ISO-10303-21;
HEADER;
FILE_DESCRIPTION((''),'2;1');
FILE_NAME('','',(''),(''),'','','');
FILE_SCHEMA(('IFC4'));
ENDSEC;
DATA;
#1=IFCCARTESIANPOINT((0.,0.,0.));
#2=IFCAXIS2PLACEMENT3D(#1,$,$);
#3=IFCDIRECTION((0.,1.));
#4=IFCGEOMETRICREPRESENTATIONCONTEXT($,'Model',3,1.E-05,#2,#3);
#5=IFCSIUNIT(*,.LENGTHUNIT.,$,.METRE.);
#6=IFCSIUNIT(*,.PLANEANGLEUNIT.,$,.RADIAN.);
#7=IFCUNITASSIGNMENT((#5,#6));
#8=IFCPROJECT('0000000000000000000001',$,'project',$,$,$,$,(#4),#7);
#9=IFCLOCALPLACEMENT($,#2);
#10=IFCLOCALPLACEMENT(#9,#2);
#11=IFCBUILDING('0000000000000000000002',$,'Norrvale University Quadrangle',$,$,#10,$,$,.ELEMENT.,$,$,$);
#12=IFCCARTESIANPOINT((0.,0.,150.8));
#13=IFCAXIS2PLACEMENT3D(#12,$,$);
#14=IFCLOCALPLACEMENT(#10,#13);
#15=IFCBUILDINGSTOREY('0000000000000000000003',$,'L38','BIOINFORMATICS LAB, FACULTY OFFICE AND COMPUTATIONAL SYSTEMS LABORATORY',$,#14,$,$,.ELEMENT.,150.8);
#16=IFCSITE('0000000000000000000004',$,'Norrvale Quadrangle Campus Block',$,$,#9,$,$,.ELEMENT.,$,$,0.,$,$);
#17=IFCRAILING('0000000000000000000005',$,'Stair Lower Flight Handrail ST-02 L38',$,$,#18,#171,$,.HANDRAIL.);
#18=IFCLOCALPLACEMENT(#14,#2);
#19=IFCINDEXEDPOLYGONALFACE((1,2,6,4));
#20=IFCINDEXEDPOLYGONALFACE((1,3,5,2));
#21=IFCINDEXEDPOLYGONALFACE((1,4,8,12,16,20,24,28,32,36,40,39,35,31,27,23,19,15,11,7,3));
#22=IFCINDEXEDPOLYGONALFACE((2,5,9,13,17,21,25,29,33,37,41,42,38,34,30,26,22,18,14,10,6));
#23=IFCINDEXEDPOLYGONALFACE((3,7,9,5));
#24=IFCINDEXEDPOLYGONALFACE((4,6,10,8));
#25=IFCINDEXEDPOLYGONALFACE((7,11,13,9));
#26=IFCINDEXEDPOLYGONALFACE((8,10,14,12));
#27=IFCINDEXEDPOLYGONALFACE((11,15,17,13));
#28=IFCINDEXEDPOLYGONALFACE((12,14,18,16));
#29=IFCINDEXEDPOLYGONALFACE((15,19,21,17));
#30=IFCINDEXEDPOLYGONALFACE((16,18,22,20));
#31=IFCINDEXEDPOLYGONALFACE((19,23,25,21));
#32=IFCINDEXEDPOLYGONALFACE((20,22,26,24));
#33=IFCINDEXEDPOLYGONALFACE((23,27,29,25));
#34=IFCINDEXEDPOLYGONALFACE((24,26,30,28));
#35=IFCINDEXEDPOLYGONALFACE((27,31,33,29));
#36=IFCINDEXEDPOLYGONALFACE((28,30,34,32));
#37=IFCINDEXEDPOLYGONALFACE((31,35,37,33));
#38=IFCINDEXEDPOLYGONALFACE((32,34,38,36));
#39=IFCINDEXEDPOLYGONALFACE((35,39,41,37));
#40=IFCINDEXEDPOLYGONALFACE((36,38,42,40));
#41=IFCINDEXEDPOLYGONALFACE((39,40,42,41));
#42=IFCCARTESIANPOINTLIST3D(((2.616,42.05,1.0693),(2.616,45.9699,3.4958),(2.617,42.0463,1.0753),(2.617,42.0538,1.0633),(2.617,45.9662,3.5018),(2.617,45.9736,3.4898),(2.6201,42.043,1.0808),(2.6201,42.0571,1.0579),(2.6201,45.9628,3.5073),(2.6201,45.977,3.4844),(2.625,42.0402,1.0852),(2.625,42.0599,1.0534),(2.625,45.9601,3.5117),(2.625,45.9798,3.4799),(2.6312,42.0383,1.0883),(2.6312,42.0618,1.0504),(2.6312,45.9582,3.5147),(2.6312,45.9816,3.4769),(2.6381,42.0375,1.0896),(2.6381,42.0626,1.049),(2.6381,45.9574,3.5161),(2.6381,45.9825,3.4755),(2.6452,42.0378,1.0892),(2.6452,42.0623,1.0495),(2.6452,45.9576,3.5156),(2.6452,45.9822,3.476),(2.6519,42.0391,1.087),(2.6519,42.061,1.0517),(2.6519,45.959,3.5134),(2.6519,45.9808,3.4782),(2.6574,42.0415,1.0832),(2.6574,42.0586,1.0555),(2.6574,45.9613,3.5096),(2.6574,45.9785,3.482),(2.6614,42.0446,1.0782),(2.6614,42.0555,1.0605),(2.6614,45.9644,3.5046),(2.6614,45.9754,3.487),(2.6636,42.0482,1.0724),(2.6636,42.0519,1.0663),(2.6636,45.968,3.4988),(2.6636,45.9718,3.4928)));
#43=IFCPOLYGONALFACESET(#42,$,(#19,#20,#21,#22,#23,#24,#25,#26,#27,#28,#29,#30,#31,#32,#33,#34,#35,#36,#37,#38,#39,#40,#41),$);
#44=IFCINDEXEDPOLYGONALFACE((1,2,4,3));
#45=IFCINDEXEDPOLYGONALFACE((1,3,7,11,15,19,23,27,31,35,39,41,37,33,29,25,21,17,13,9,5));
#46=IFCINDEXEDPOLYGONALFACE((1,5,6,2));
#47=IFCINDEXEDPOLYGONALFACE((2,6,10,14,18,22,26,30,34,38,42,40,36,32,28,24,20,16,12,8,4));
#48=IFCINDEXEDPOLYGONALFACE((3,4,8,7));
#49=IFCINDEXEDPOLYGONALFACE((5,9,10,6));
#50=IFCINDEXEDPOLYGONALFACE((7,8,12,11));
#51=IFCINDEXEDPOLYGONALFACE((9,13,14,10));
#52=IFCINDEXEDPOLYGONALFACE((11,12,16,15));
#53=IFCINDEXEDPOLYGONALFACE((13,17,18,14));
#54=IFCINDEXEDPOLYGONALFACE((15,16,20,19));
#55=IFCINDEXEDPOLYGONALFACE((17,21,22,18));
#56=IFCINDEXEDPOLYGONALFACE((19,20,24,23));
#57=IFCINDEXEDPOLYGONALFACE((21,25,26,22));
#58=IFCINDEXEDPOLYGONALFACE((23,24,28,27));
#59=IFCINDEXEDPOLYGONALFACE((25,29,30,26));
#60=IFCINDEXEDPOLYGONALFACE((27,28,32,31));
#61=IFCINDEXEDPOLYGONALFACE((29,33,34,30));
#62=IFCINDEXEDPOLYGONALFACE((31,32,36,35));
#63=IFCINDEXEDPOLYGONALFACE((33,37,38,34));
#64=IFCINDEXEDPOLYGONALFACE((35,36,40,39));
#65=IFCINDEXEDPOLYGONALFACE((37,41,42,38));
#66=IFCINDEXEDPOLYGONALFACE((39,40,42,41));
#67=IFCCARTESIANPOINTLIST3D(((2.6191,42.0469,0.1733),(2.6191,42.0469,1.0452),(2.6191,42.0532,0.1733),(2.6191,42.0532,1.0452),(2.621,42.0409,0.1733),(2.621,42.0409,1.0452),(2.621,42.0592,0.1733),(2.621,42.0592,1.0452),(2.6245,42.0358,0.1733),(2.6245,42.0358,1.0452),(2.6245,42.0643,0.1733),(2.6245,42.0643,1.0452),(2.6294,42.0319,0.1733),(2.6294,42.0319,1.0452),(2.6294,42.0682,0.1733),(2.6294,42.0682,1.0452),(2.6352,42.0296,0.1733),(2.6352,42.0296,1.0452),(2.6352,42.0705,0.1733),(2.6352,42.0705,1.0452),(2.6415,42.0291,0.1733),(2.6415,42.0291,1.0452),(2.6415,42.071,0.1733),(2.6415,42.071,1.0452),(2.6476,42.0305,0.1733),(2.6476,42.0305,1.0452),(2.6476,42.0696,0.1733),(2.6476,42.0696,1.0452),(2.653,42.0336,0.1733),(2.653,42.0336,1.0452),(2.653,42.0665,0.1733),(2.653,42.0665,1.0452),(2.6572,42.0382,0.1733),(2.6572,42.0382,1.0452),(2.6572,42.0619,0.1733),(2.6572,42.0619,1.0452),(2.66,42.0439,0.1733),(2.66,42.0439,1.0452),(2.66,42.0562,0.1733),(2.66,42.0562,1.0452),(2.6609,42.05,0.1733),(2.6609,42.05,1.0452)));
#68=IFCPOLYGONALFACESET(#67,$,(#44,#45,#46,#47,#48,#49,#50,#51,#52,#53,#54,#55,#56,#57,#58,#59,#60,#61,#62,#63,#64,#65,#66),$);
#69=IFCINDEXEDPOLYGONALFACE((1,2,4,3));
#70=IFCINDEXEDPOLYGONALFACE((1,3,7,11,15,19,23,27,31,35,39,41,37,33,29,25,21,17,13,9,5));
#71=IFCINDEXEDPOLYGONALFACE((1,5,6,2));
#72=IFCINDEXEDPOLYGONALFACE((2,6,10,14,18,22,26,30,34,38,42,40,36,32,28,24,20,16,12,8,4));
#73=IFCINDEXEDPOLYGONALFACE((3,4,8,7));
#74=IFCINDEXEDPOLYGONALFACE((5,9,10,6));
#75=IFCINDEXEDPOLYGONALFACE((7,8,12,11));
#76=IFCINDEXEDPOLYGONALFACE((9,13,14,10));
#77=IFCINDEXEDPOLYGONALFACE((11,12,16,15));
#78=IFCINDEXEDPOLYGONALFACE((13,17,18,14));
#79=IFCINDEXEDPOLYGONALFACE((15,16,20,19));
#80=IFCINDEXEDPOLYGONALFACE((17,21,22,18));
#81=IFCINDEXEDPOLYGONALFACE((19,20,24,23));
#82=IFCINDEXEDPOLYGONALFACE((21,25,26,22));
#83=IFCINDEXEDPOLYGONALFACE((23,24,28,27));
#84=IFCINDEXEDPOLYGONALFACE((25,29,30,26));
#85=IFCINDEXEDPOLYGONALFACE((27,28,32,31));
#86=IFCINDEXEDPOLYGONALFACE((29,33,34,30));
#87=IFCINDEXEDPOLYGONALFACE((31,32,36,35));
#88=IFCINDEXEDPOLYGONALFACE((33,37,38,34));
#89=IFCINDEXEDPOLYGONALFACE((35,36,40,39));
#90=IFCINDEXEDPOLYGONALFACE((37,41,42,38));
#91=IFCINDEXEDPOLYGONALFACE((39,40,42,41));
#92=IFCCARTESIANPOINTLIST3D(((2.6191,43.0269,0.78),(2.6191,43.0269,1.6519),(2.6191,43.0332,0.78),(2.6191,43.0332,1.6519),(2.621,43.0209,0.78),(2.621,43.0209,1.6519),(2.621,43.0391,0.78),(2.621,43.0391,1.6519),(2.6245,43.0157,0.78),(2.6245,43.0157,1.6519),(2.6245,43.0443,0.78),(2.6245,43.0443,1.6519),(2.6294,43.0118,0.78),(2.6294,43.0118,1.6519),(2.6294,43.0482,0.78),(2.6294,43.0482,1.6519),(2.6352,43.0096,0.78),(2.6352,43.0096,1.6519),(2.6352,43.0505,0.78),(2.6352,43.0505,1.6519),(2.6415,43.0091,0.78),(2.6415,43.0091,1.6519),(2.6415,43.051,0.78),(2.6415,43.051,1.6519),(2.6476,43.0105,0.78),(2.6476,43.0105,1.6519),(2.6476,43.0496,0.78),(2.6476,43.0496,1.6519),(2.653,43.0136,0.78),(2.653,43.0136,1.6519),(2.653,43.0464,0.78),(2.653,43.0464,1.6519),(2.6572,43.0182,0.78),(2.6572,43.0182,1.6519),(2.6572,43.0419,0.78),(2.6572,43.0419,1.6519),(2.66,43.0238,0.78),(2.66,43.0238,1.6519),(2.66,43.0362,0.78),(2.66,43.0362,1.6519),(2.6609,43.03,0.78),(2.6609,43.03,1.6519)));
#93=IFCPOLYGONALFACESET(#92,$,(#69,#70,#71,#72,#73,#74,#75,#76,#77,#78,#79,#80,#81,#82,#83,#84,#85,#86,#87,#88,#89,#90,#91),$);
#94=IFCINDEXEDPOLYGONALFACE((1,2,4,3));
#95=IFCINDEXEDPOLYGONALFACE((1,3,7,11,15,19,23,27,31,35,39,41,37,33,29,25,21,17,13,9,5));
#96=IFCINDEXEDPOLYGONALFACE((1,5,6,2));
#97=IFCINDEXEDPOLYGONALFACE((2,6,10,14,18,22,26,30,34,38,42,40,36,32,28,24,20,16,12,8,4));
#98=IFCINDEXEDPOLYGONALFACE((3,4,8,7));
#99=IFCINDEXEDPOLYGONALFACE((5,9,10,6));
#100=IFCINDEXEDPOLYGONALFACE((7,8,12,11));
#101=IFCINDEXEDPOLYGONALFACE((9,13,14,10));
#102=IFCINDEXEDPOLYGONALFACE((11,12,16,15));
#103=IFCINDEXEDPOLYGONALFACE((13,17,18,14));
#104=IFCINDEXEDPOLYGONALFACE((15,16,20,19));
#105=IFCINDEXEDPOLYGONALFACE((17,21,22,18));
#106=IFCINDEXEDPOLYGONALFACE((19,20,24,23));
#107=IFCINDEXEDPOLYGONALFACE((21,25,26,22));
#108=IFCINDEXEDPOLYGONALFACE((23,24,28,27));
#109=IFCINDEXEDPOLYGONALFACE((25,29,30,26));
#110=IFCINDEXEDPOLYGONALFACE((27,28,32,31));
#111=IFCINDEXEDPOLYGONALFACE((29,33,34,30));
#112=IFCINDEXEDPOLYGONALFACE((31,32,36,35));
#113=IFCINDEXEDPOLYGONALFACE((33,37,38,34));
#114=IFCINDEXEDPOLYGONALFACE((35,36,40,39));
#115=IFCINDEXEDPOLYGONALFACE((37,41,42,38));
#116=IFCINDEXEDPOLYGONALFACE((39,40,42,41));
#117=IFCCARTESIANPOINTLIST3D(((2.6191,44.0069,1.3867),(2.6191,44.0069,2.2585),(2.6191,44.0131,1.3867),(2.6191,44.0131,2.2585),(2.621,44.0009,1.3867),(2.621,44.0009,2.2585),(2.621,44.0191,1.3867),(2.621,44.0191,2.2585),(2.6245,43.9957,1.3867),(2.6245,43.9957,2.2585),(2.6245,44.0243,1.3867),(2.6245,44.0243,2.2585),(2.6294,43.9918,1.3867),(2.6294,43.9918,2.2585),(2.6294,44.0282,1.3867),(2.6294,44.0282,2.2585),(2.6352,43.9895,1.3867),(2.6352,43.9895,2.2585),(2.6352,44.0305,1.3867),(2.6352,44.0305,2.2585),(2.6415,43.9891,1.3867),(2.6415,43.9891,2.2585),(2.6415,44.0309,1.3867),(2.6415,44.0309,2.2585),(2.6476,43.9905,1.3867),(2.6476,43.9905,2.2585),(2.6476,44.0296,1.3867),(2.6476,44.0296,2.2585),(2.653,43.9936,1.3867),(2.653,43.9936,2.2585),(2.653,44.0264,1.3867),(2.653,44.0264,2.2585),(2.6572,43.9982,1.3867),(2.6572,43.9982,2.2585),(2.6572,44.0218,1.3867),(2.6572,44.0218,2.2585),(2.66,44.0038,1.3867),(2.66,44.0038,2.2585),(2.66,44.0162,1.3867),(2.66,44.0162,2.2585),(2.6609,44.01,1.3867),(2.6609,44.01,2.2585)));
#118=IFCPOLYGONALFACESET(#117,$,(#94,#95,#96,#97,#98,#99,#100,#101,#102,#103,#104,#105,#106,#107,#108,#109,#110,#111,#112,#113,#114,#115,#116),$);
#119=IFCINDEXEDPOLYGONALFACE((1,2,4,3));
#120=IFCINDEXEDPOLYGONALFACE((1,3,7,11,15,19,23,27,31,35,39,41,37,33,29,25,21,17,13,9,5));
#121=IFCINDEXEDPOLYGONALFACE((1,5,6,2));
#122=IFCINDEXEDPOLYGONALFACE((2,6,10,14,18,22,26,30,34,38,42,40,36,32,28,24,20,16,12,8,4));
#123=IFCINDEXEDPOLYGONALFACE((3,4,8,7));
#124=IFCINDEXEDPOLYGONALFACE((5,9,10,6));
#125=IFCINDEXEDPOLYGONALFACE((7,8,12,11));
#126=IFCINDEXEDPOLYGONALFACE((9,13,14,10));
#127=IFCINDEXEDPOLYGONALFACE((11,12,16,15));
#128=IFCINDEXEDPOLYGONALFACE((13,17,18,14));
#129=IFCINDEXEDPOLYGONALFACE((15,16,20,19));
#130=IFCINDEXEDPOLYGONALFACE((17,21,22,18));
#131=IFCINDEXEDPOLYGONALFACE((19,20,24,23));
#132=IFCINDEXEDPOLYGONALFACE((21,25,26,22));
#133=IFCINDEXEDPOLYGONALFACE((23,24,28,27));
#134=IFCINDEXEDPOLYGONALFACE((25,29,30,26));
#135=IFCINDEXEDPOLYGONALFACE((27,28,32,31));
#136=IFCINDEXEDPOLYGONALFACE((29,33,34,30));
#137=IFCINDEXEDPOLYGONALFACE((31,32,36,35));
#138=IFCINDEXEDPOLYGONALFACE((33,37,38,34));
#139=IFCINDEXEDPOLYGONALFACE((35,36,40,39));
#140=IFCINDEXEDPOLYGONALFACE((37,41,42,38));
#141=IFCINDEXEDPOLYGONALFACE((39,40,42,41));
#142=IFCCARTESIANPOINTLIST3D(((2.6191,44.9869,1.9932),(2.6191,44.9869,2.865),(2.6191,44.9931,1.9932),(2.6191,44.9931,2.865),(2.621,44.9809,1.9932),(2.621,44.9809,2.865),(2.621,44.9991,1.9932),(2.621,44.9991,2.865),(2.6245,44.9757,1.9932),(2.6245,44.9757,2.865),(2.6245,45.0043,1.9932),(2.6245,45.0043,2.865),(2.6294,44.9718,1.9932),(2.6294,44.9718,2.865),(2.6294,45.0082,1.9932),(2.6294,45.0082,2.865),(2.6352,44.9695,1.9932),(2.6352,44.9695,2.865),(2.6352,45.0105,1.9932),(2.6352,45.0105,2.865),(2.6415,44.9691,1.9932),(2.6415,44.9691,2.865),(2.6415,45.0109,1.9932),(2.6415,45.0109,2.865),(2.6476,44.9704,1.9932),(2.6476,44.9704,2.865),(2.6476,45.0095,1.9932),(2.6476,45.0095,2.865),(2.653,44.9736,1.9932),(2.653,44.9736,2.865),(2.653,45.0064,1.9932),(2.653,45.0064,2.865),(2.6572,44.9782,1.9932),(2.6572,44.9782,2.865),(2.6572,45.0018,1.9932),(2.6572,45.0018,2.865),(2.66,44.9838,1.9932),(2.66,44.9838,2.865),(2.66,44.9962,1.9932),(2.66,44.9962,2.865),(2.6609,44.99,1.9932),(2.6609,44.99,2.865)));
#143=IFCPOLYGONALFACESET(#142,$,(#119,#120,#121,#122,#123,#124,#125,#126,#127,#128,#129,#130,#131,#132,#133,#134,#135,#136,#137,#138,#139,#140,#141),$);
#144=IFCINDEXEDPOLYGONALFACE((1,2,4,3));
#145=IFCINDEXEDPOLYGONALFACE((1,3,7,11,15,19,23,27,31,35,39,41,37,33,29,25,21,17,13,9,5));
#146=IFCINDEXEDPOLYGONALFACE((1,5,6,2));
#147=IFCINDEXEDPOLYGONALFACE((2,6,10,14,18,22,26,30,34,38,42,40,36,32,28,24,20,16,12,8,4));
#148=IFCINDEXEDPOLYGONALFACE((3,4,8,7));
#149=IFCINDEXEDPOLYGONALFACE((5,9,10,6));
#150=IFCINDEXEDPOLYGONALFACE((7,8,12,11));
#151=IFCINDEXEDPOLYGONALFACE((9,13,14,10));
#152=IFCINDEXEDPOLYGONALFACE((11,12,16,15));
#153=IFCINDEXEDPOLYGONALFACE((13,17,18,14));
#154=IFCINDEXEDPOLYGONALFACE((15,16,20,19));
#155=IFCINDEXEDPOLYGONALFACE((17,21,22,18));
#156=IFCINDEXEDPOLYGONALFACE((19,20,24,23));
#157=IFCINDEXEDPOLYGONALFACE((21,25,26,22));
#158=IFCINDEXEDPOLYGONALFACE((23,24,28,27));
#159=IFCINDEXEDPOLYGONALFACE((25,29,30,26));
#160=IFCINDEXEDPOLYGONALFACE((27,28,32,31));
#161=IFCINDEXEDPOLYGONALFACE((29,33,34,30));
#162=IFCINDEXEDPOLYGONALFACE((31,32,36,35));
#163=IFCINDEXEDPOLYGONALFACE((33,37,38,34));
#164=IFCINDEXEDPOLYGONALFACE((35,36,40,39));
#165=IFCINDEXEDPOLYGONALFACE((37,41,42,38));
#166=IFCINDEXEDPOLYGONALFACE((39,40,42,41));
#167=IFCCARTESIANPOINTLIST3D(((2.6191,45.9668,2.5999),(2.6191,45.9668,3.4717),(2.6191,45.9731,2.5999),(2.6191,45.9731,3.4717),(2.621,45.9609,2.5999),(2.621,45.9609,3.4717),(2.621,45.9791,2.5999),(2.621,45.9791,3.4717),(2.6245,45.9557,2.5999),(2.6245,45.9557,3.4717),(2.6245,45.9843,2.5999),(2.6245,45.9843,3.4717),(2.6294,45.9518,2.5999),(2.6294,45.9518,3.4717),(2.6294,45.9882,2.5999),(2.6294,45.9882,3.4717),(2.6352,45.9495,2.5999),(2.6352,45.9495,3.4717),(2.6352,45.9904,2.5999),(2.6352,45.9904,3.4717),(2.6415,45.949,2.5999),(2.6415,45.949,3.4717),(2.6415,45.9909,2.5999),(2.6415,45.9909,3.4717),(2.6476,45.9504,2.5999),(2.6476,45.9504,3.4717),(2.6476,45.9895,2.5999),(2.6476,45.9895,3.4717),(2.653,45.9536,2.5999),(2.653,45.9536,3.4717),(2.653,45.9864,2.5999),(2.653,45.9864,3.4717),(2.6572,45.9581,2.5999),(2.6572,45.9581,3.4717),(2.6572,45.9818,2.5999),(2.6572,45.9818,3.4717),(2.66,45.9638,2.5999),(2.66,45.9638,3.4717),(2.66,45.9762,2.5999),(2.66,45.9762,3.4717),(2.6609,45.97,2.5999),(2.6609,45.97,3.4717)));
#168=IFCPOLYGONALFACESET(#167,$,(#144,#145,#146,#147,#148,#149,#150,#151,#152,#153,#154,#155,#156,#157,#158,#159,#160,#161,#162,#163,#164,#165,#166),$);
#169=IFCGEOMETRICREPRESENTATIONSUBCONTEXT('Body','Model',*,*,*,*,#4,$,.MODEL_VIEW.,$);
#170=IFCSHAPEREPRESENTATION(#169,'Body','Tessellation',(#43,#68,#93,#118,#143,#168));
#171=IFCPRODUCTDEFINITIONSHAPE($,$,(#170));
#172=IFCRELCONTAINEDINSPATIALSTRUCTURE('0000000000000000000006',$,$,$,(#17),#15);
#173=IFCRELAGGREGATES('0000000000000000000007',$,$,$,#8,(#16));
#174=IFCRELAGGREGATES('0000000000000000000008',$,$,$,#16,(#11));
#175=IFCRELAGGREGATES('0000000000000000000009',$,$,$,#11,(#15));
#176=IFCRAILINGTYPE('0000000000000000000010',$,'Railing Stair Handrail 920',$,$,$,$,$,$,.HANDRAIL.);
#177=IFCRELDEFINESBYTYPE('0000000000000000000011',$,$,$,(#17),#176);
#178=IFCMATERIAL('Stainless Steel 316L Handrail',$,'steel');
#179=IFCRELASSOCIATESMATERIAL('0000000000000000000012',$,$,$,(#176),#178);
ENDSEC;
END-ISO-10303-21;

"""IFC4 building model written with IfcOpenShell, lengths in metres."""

from ifc_helpers import new_model, si_unit, direction, frame, origin, origin_2d, place, context, subcontext, project, spatial, circle, extrude, material, type_object, element, save


model = new_model("IFC4")

# Units and contexts
model_context = context("Model", 3, precision=1e-05, world=origin(), true_north=direction((0.0, 1.0)))
body_context = subcontext(model_context, "Body", "Model", "MODEL_VIEW")
ifc_project = project(units=[si_unit("LENGTHUNIT", "METRE"), si_unit("PLANEANGLEUNIT", "RADIAN")], contexts=[model_context])

# Site, building, storey
site_placement = place(None, origin())
site = spatial("IfcSite", under=ifc_project, at=site_placement, Name="Norrvale Quadrangle Campus Block", CompositionType="ELEMENT", RefElevation=0.0)
building_placement = place(site_placement, origin())
building = spatial("IfcBuilding", under=site, at=building_placement, Name="Norrvale University Quadrangle", CompositionType="ELEMENT")
storey_placement = place(building_placement, frame((0.0, 0.0, 150.8)))
storey = spatial("IfcBuildingStorey", under=building, at=storey_placement, Name="L38", Description="BIOINFORMATICS LAB, FACULTY OFFICE AND COMPUTATIONAL SYSTEMS LABORATORY", CompositionType="ELEMENT", Elevation=150.8)

# Railing
ifc_material_1 = material(Name="Stainless Steel 316L Handrail", Category="steel")
railing_type_1 = type_object("IfcRailingType", Name="Railing Stair Handrail 920", PredefinedType="HANDRAIL", material=ifc_material_1)
railing_1_placement = place(storey_placement, frame((2.6399, 42.05, 0.1733)))
element("IfcRailing", 1, at=railing_1_placement, inside=storey, type_object=railing_type_1, Name="Stair Lower Flight Handrail ST-02 L38", PredefinedType="HANDRAIL", context=body_context, shape_type="SweptSolid", body=[
    extrude(circle(Radius=0.0239, at=origin_2d()), frame((0.0, 0.0, 0.896), z_axis=(0.0, 0.850275, 0.526338), x_axis=(-1.0, 0.0, 0.0)), (0.0, 0.0, 1.0), 4.6101),
    extrude(circle(Radius=0.021, at=origin_2d()), origin(), (0.0, 0.0, 1.0), 0.8718),
    extrude(circle(Radius=0.021, at=origin_2d()), frame((0.0, 0.98, 0.6067)), (0.0, 0.0, 1.0), 0.8718),
    extrude(circle(Radius=0.021, at=origin_2d()), frame((0.0, 1.96, 1.2134)), (0.0, 0.0, 1.0), 0.8718),
    extrude(circle(Radius=0.021, at=origin_2d()), frame((0.0, 2.9399, 1.8198)), (0.0, 0.0, 1.0), 0.8718),
    extrude(circle(Radius=0.021, at=origin_2d()), frame((0.0, 3.9199, 2.4265)), (0.0, 0.0, 1.0), 0.8718),
])

save(model, "model.ifc")
